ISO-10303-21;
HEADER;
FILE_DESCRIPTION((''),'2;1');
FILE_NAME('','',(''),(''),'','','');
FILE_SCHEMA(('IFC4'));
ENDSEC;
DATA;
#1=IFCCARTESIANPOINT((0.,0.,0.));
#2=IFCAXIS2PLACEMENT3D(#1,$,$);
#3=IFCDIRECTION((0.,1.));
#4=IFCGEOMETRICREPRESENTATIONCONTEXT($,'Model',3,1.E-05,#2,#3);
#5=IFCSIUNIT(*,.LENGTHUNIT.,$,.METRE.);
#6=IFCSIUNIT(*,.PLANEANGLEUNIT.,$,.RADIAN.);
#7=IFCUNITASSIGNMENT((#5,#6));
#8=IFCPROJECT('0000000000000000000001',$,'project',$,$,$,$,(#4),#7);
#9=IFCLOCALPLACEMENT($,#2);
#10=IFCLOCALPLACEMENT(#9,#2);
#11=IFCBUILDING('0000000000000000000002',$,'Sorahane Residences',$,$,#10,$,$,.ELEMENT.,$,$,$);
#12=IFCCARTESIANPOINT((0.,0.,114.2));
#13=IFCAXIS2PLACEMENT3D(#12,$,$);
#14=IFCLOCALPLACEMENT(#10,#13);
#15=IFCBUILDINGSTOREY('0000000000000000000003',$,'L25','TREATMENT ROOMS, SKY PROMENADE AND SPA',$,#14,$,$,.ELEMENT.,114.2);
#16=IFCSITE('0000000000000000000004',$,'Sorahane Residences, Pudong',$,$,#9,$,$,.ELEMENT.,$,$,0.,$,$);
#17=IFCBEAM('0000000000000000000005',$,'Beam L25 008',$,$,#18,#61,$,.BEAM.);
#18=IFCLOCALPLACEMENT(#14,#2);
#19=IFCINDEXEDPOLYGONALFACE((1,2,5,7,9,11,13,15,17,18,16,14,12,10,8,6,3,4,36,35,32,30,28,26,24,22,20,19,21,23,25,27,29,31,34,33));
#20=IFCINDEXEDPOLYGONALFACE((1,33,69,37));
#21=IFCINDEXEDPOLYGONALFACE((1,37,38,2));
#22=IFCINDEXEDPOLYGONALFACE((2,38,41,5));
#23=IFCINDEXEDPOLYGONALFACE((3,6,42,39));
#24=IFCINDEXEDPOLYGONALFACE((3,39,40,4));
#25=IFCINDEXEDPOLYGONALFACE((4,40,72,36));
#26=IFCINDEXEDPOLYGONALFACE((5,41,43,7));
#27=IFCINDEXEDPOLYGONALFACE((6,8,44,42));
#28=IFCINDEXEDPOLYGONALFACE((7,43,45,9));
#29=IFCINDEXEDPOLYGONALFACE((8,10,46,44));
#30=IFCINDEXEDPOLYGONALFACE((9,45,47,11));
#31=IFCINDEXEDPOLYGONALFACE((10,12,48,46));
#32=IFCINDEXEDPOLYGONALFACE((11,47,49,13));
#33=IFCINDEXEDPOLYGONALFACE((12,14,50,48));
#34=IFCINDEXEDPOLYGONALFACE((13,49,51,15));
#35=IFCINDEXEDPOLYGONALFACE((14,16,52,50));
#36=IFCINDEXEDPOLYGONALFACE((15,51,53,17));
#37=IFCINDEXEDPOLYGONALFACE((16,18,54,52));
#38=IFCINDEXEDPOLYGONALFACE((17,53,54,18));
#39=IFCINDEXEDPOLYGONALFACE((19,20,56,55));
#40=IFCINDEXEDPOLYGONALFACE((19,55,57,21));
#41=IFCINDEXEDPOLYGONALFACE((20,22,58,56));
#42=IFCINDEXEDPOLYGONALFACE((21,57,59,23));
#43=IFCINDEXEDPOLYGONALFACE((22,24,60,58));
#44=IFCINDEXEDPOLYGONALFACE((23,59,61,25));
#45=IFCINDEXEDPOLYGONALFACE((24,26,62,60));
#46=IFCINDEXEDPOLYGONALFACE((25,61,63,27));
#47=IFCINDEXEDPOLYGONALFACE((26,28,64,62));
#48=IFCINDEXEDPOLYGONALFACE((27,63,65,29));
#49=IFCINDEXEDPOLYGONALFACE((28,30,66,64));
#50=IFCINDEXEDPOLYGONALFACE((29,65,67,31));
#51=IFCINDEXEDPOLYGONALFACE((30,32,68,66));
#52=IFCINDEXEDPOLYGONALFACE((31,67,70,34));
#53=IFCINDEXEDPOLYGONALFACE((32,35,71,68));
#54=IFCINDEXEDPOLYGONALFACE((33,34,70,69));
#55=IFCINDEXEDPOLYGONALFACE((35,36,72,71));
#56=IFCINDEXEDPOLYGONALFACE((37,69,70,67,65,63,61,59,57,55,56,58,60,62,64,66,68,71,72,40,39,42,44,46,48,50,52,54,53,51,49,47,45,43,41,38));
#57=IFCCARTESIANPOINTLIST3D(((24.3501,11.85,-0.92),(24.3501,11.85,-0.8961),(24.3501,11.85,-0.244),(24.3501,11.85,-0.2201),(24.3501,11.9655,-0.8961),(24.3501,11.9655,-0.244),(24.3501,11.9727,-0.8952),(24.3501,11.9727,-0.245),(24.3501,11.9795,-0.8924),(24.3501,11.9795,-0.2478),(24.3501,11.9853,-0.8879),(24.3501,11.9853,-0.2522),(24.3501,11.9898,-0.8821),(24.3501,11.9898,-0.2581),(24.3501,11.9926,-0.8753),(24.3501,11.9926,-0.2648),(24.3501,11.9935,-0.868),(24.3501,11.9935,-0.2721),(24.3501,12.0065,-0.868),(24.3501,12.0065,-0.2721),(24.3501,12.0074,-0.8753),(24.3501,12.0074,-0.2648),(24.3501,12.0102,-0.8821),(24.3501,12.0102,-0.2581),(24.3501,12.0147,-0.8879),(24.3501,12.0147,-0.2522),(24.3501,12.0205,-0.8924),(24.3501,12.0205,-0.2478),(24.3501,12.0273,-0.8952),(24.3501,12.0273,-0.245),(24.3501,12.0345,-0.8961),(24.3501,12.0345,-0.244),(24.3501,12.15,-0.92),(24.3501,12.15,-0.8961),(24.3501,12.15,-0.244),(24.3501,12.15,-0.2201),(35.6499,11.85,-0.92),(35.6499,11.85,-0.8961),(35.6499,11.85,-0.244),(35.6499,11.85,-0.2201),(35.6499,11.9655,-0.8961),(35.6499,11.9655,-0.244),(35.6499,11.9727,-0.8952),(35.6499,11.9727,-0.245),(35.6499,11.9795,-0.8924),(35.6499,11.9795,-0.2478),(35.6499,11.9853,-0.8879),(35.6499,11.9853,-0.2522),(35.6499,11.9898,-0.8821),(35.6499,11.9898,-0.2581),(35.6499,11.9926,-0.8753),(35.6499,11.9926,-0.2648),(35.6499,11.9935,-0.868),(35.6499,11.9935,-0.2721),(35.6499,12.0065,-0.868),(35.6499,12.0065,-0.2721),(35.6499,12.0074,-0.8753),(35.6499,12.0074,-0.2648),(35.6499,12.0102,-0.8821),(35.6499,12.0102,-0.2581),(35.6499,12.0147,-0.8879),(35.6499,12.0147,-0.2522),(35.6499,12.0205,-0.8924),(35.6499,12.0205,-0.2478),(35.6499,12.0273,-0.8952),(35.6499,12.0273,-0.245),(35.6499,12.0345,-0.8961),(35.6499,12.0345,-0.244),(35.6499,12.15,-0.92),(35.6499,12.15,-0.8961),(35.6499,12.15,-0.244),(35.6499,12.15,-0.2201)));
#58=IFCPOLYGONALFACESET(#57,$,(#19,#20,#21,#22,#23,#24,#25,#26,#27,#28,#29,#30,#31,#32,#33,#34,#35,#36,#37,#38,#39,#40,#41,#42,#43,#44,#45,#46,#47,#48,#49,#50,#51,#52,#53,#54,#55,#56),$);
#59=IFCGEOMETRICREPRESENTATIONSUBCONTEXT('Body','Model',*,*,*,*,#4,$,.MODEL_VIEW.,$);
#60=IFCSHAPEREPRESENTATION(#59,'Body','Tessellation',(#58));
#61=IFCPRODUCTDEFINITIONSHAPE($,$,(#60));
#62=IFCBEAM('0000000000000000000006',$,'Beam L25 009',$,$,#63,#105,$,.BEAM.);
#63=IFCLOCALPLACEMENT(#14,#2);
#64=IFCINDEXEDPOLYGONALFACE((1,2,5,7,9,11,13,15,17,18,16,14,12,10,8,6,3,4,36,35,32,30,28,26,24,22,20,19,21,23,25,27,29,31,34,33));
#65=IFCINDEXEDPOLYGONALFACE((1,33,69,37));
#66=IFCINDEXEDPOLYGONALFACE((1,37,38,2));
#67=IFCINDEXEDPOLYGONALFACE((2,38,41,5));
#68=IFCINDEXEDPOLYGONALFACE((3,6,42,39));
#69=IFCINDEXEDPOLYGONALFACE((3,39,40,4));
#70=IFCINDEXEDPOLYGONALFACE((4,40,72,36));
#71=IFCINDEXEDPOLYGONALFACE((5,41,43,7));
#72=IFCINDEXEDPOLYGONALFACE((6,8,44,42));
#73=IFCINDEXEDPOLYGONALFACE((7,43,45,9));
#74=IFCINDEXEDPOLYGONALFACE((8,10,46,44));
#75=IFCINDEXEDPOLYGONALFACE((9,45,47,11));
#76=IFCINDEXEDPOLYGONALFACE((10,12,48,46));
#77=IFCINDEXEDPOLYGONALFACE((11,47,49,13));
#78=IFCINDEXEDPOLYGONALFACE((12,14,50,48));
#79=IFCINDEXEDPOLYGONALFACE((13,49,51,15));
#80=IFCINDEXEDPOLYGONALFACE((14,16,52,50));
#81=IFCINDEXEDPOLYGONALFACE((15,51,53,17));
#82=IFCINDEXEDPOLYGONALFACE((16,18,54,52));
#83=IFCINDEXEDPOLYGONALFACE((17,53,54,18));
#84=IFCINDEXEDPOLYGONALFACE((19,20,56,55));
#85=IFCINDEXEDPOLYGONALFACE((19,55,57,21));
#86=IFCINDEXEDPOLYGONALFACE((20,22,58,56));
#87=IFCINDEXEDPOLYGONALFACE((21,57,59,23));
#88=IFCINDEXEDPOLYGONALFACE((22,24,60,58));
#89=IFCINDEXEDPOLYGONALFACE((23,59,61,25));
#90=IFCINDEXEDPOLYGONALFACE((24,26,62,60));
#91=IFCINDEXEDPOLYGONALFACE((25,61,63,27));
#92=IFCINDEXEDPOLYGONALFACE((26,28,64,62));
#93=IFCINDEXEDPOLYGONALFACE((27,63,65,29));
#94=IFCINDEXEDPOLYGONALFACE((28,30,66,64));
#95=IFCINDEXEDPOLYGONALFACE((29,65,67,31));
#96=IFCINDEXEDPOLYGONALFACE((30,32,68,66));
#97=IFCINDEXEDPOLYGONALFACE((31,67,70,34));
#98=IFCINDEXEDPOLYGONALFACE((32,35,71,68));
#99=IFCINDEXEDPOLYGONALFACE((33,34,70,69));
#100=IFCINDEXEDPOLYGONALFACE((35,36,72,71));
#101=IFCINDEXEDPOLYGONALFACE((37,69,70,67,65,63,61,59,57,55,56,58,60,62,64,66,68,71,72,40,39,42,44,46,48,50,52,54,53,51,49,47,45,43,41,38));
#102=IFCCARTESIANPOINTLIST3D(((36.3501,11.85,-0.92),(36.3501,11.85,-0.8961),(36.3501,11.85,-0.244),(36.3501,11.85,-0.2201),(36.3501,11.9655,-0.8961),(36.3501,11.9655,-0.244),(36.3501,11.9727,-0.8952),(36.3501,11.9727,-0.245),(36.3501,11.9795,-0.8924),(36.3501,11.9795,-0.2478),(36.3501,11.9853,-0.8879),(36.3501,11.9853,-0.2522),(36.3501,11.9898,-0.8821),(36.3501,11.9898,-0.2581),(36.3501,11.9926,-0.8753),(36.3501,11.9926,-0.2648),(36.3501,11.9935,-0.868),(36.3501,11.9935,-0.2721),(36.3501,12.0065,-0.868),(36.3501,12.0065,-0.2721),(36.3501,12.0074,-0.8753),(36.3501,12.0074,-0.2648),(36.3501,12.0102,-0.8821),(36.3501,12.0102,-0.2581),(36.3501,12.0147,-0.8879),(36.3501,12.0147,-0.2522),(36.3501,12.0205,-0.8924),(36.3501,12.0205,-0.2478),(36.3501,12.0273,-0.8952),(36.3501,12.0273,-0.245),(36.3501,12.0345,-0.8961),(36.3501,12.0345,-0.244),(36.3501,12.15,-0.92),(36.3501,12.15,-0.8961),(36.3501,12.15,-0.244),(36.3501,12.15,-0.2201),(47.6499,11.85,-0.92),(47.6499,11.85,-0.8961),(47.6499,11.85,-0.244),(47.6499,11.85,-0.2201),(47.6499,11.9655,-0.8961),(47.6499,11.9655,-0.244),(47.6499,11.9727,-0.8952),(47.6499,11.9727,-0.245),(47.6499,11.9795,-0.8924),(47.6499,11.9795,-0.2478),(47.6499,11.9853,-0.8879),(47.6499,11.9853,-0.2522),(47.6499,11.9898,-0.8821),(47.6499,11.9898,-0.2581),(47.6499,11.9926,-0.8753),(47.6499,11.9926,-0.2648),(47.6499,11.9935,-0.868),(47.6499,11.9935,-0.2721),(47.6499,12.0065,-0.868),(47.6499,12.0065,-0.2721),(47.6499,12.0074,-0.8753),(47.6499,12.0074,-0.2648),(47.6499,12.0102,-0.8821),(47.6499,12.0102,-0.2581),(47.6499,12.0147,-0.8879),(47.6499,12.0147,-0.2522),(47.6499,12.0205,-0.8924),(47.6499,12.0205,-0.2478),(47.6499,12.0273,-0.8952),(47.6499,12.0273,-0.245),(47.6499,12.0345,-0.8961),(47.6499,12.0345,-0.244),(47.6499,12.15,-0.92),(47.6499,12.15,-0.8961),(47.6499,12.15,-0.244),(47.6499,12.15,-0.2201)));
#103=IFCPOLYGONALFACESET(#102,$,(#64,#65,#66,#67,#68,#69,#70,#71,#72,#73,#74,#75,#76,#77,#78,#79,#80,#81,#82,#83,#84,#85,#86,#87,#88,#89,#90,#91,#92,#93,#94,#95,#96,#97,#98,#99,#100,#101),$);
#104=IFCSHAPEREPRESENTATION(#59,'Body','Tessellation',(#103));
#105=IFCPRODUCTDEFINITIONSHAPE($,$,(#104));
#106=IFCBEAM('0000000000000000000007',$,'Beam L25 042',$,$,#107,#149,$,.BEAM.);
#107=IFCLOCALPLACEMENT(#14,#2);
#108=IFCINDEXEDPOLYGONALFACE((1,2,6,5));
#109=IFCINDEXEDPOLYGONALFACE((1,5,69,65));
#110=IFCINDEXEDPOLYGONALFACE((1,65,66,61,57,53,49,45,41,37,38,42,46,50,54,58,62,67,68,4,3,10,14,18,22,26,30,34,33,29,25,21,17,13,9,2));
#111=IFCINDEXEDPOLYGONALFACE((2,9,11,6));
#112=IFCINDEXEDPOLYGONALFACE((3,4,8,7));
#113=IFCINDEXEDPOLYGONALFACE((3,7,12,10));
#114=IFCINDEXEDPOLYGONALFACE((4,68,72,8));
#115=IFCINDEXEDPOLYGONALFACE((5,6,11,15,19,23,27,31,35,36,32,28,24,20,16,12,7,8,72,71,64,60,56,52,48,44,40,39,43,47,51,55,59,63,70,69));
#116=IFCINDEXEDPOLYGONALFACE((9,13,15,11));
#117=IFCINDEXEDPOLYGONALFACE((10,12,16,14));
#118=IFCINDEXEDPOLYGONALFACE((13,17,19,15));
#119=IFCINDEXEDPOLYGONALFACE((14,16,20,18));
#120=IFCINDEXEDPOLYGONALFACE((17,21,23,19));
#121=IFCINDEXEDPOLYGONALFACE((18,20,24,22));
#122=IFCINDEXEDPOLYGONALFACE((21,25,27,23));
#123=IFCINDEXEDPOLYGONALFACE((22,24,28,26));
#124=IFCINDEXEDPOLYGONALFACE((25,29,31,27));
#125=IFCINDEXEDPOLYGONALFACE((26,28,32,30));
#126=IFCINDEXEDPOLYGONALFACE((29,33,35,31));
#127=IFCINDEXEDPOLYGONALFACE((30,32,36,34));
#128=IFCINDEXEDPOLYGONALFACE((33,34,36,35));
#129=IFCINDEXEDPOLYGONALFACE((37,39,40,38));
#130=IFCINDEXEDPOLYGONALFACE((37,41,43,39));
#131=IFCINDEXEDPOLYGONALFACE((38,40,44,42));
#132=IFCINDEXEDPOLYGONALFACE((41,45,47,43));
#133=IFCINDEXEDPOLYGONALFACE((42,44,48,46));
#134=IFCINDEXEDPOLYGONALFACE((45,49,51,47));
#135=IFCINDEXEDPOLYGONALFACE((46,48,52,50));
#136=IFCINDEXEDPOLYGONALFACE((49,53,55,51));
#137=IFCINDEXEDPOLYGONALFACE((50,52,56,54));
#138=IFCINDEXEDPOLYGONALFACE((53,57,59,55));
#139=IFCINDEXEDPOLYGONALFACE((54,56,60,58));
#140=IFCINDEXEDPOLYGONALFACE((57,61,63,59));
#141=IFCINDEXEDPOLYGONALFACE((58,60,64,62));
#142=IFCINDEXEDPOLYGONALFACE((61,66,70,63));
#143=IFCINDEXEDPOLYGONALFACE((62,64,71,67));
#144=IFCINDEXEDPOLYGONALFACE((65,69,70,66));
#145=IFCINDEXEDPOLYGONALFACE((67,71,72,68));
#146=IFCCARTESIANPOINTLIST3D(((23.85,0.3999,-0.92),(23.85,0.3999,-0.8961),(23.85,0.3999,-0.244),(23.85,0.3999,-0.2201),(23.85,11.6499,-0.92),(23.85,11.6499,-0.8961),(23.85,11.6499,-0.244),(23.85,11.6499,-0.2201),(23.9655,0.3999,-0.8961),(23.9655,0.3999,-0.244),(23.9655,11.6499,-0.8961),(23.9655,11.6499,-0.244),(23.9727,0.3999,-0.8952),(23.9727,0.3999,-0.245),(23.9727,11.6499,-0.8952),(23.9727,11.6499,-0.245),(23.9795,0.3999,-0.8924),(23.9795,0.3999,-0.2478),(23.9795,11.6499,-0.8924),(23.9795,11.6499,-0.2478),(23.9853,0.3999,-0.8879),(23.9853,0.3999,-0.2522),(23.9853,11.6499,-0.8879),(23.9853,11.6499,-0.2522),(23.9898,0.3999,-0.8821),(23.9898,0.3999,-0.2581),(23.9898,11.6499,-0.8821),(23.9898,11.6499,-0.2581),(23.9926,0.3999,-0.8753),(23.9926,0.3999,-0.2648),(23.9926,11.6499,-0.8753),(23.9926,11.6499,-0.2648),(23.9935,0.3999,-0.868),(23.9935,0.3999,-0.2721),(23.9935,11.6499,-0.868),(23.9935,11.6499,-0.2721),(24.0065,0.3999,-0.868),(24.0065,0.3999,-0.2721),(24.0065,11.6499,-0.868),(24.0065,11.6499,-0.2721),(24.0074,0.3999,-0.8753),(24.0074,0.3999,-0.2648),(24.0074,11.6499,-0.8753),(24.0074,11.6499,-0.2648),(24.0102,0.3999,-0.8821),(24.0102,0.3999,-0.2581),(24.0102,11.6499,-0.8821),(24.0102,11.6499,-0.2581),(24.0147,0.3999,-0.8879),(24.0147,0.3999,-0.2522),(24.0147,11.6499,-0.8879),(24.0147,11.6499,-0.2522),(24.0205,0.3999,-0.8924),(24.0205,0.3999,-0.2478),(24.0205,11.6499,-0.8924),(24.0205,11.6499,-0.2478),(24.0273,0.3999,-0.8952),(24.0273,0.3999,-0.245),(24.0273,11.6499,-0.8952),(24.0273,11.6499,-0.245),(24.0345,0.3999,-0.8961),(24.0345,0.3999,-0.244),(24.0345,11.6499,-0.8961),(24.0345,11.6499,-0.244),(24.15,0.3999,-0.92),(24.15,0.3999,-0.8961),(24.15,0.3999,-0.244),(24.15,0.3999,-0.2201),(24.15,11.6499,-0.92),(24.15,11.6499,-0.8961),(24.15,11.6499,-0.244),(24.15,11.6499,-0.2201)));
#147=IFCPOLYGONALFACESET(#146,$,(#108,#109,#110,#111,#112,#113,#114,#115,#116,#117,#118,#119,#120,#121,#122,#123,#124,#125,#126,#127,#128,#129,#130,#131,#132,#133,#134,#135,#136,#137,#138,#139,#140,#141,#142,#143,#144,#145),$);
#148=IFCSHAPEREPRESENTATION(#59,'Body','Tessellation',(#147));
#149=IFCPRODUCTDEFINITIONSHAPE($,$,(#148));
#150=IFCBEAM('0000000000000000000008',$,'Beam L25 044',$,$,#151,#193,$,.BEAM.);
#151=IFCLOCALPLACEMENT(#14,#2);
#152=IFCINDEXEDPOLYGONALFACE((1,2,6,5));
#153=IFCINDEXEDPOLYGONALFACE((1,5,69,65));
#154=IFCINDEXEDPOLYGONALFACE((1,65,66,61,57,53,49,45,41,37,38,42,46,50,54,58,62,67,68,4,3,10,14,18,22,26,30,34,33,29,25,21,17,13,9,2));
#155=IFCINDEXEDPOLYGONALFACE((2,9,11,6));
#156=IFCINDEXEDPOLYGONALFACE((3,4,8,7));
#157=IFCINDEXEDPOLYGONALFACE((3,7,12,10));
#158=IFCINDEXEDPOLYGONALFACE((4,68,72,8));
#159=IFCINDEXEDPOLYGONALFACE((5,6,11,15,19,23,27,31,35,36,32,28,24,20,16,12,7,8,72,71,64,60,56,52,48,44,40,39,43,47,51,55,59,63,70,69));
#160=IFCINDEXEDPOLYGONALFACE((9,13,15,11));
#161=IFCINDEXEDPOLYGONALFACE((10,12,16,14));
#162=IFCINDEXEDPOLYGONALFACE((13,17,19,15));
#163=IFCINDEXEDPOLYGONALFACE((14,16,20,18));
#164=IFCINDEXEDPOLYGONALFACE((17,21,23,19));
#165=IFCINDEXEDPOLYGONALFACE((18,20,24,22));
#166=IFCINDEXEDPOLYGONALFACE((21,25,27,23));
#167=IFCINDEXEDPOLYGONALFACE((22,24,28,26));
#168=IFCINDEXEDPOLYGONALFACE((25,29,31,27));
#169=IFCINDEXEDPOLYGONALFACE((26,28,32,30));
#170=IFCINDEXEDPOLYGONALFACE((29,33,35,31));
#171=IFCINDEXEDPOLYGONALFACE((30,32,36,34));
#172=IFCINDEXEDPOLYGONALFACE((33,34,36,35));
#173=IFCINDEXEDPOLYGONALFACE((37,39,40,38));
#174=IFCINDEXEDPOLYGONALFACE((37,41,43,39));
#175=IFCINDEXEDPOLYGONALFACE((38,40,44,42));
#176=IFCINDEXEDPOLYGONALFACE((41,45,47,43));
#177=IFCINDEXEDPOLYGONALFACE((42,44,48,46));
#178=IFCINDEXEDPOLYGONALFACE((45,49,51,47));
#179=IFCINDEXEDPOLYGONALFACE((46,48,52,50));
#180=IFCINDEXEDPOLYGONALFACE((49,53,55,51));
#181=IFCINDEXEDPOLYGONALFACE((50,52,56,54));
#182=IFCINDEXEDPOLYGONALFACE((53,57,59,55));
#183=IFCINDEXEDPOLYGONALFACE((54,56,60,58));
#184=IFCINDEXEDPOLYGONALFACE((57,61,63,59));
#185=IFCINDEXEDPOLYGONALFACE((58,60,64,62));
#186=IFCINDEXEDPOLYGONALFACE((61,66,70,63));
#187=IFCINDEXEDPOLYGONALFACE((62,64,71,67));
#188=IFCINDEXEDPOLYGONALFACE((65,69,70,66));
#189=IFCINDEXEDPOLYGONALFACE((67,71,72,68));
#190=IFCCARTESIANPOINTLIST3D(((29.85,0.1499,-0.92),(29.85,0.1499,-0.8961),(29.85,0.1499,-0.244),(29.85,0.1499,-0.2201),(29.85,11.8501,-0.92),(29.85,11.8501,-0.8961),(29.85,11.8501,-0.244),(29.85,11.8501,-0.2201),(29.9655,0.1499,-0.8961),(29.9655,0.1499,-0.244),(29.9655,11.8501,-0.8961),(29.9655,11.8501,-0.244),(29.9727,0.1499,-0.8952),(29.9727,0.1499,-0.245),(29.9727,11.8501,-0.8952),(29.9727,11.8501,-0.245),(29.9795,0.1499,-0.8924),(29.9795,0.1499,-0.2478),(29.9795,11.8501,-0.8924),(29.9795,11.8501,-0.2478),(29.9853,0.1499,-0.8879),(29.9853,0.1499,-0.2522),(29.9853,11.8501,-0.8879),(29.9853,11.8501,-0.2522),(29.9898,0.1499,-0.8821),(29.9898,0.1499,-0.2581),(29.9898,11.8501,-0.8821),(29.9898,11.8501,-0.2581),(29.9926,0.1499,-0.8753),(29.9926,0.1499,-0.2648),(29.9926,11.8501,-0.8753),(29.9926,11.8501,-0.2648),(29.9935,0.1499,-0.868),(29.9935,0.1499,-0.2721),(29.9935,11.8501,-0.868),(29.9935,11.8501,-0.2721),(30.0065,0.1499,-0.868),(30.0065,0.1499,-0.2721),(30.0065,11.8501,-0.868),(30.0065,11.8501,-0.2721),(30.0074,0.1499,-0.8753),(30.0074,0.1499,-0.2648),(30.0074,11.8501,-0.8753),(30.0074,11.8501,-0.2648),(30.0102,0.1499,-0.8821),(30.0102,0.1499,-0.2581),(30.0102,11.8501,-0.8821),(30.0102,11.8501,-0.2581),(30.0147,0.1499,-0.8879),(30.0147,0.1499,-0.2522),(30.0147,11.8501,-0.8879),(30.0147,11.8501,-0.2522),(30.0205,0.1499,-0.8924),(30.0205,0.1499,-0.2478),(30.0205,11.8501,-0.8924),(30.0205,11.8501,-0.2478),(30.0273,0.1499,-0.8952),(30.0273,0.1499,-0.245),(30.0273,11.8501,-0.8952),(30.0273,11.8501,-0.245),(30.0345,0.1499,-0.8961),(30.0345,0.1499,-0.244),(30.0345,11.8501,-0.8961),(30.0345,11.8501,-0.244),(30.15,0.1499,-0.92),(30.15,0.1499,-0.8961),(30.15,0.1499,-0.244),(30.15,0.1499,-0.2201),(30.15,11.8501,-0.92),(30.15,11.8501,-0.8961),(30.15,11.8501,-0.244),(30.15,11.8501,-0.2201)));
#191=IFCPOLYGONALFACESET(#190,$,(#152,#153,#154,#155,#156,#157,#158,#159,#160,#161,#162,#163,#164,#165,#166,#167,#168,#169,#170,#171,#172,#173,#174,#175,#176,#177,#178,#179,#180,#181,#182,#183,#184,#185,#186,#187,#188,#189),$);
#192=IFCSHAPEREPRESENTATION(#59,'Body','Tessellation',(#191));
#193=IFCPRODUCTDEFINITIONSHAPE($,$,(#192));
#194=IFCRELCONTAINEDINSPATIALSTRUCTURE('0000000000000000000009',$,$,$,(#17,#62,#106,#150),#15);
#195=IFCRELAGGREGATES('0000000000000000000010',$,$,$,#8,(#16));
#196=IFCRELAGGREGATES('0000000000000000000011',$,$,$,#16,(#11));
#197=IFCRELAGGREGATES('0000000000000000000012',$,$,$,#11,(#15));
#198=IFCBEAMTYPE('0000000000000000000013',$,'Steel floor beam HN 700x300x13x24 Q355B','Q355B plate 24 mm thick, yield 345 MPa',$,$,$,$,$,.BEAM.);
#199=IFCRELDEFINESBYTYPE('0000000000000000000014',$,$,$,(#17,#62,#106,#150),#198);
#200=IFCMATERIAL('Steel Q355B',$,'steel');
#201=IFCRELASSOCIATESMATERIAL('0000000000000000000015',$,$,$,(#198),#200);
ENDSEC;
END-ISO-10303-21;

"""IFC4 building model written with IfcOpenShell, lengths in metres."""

from ifc_helpers import new_model, si_unit, direction, frame, origin, origin_2d, place, context, subcontext, project, spatial, i_section, extrude, material, material_profile, profile_set, type_object, element, save


model = new_model("IFC4")

# Units and contexts
model_context = context("Model", 3, precision=1e-05, world=origin(), true_north=direction((0.0, 1.0)))
body_context = subcontext(model_context, "Body", "Model", "MODEL_VIEW")
ifc_project = project(units=[si_unit("LENGTHUNIT", "METRE"), si_unit("PLANEANGLEUNIT", "RADIAN")], contexts=[model_context])

# Site, building, storey
site_placement = place(None, origin())
site = spatial("IfcSite", under=ifc_project, at=site_placement, Name="Sorahane Residences, Pudong", CompositionType="ELEMENT", RefElevation=0.0)
building_placement = place(site_placement, origin())
building = spatial("IfcBuilding", under=site, at=building_placement, Name="Sorahane Residences", CompositionType="ELEMENT")
storey_placement = place(building_placement, frame((0.0, 0.0, 114.2)))
storey = spatial("IfcBuildingStorey", under=building, at=storey_placement, Name="L25", Description="TREATMENT ROOMS, SKY PROMENADE AND SPA", CompositionType="ELEMENT", Elevation=114.2)

# Beams
ifc_material_1 = material(Name="Steel Q355B", Category="steel")
ifc_material_profile_1 = material_profile(ifc_material_1, i_section(OverallWidth=0.3, OverallDepth=0.7, WebThickness=0.0129, FlangeThickness=0.0239, FilletRadius=0.0281, at=origin_2d()), Name="HN 700x300x13x24")
ifc_profile_set_1 = profile_set([ifc_material_profile_1], Name="Steel Q355B")
beam_type_1 = type_object("IfcBeamType", Name="Steel floor beam HN 700x300x13x24 Q355B", Description="Q355B plate 24 mm thick, yield 345 MPa", PredefinedType="BEAM", material=ifc_profile_set_1)
for number, where, z_axis, x_axis, name in (
    (1, (24.3501, 12.0, -0.5701), (1.0, 0.0, 0.0), (0.0, 1.0, 0.0), "Beam L25 008"),
    (2, (36.3501, 12.0, -0.5701), (1.0, 0.0, 0.0), (0.0, 1.0, 0.0), "Beam L25 009"),
):
    element("IfcBeam", number, at=place(storey_placement, frame(where, z_axis=z_axis, x_axis=x_axis)), inside=storey, type_object=beam_type_1, Name=name, PredefinedType="BEAM", context=body_context, shape_type="SweptSolid", body=[
        extrude(i_section(OverallWidth=0.3, OverallDepth=0.7, WebThickness=0.0129, FlangeThickness=0.0239, FilletRadius=0.0281, at=origin_2d()), origin(), (0.0, 0.0, 1.0), 11.2998),
    ])
beam_1_placement = place(storey_placement, frame((24.0, 0.3999, -0.5701), z_axis=(0.0, 1.0, 0.0), x_axis=(-1.0, 0.0, 0.0)))
element("IfcBeam", 3, at=beam_1_placement, inside=storey, type_object=beam_type_1, Name="Beam L25 042", PredefinedType="BEAM", context=body_context, shape_type="SweptSolid", body=[
    extrude(i_section(OverallWidth=0.3, OverallDepth=0.7, WebThickness=0.0129, FlangeThickness=0.0239, FilletRadius=0.0281, at=origin_2d()), origin(), (0.0, 0.0, 1.0), 11.25),
])
beam_2_placement = place(storey_placement, frame((30.0, 0.1499, -0.5701), z_axis=(0.0, 1.0, 0.0), x_axis=(-1.0, 0.0, 0.0)))
element("IfcBeam", 4, at=beam_2_placement, inside=storey, type_object=beam_type_1, Name="Beam L25 044", PredefinedType="BEAM", context=body_context, shape_type="SweptSolid", body=[
    extrude(i_section(OverallWidth=0.3, OverallDepth=0.7, WebThickness=0.0129, FlangeThickness=0.0239, FilletRadius=0.0281, at=origin_2d()), origin(), (0.0, 0.0, 1.0), 11.7002),
])

save(model, "model.ifc")
